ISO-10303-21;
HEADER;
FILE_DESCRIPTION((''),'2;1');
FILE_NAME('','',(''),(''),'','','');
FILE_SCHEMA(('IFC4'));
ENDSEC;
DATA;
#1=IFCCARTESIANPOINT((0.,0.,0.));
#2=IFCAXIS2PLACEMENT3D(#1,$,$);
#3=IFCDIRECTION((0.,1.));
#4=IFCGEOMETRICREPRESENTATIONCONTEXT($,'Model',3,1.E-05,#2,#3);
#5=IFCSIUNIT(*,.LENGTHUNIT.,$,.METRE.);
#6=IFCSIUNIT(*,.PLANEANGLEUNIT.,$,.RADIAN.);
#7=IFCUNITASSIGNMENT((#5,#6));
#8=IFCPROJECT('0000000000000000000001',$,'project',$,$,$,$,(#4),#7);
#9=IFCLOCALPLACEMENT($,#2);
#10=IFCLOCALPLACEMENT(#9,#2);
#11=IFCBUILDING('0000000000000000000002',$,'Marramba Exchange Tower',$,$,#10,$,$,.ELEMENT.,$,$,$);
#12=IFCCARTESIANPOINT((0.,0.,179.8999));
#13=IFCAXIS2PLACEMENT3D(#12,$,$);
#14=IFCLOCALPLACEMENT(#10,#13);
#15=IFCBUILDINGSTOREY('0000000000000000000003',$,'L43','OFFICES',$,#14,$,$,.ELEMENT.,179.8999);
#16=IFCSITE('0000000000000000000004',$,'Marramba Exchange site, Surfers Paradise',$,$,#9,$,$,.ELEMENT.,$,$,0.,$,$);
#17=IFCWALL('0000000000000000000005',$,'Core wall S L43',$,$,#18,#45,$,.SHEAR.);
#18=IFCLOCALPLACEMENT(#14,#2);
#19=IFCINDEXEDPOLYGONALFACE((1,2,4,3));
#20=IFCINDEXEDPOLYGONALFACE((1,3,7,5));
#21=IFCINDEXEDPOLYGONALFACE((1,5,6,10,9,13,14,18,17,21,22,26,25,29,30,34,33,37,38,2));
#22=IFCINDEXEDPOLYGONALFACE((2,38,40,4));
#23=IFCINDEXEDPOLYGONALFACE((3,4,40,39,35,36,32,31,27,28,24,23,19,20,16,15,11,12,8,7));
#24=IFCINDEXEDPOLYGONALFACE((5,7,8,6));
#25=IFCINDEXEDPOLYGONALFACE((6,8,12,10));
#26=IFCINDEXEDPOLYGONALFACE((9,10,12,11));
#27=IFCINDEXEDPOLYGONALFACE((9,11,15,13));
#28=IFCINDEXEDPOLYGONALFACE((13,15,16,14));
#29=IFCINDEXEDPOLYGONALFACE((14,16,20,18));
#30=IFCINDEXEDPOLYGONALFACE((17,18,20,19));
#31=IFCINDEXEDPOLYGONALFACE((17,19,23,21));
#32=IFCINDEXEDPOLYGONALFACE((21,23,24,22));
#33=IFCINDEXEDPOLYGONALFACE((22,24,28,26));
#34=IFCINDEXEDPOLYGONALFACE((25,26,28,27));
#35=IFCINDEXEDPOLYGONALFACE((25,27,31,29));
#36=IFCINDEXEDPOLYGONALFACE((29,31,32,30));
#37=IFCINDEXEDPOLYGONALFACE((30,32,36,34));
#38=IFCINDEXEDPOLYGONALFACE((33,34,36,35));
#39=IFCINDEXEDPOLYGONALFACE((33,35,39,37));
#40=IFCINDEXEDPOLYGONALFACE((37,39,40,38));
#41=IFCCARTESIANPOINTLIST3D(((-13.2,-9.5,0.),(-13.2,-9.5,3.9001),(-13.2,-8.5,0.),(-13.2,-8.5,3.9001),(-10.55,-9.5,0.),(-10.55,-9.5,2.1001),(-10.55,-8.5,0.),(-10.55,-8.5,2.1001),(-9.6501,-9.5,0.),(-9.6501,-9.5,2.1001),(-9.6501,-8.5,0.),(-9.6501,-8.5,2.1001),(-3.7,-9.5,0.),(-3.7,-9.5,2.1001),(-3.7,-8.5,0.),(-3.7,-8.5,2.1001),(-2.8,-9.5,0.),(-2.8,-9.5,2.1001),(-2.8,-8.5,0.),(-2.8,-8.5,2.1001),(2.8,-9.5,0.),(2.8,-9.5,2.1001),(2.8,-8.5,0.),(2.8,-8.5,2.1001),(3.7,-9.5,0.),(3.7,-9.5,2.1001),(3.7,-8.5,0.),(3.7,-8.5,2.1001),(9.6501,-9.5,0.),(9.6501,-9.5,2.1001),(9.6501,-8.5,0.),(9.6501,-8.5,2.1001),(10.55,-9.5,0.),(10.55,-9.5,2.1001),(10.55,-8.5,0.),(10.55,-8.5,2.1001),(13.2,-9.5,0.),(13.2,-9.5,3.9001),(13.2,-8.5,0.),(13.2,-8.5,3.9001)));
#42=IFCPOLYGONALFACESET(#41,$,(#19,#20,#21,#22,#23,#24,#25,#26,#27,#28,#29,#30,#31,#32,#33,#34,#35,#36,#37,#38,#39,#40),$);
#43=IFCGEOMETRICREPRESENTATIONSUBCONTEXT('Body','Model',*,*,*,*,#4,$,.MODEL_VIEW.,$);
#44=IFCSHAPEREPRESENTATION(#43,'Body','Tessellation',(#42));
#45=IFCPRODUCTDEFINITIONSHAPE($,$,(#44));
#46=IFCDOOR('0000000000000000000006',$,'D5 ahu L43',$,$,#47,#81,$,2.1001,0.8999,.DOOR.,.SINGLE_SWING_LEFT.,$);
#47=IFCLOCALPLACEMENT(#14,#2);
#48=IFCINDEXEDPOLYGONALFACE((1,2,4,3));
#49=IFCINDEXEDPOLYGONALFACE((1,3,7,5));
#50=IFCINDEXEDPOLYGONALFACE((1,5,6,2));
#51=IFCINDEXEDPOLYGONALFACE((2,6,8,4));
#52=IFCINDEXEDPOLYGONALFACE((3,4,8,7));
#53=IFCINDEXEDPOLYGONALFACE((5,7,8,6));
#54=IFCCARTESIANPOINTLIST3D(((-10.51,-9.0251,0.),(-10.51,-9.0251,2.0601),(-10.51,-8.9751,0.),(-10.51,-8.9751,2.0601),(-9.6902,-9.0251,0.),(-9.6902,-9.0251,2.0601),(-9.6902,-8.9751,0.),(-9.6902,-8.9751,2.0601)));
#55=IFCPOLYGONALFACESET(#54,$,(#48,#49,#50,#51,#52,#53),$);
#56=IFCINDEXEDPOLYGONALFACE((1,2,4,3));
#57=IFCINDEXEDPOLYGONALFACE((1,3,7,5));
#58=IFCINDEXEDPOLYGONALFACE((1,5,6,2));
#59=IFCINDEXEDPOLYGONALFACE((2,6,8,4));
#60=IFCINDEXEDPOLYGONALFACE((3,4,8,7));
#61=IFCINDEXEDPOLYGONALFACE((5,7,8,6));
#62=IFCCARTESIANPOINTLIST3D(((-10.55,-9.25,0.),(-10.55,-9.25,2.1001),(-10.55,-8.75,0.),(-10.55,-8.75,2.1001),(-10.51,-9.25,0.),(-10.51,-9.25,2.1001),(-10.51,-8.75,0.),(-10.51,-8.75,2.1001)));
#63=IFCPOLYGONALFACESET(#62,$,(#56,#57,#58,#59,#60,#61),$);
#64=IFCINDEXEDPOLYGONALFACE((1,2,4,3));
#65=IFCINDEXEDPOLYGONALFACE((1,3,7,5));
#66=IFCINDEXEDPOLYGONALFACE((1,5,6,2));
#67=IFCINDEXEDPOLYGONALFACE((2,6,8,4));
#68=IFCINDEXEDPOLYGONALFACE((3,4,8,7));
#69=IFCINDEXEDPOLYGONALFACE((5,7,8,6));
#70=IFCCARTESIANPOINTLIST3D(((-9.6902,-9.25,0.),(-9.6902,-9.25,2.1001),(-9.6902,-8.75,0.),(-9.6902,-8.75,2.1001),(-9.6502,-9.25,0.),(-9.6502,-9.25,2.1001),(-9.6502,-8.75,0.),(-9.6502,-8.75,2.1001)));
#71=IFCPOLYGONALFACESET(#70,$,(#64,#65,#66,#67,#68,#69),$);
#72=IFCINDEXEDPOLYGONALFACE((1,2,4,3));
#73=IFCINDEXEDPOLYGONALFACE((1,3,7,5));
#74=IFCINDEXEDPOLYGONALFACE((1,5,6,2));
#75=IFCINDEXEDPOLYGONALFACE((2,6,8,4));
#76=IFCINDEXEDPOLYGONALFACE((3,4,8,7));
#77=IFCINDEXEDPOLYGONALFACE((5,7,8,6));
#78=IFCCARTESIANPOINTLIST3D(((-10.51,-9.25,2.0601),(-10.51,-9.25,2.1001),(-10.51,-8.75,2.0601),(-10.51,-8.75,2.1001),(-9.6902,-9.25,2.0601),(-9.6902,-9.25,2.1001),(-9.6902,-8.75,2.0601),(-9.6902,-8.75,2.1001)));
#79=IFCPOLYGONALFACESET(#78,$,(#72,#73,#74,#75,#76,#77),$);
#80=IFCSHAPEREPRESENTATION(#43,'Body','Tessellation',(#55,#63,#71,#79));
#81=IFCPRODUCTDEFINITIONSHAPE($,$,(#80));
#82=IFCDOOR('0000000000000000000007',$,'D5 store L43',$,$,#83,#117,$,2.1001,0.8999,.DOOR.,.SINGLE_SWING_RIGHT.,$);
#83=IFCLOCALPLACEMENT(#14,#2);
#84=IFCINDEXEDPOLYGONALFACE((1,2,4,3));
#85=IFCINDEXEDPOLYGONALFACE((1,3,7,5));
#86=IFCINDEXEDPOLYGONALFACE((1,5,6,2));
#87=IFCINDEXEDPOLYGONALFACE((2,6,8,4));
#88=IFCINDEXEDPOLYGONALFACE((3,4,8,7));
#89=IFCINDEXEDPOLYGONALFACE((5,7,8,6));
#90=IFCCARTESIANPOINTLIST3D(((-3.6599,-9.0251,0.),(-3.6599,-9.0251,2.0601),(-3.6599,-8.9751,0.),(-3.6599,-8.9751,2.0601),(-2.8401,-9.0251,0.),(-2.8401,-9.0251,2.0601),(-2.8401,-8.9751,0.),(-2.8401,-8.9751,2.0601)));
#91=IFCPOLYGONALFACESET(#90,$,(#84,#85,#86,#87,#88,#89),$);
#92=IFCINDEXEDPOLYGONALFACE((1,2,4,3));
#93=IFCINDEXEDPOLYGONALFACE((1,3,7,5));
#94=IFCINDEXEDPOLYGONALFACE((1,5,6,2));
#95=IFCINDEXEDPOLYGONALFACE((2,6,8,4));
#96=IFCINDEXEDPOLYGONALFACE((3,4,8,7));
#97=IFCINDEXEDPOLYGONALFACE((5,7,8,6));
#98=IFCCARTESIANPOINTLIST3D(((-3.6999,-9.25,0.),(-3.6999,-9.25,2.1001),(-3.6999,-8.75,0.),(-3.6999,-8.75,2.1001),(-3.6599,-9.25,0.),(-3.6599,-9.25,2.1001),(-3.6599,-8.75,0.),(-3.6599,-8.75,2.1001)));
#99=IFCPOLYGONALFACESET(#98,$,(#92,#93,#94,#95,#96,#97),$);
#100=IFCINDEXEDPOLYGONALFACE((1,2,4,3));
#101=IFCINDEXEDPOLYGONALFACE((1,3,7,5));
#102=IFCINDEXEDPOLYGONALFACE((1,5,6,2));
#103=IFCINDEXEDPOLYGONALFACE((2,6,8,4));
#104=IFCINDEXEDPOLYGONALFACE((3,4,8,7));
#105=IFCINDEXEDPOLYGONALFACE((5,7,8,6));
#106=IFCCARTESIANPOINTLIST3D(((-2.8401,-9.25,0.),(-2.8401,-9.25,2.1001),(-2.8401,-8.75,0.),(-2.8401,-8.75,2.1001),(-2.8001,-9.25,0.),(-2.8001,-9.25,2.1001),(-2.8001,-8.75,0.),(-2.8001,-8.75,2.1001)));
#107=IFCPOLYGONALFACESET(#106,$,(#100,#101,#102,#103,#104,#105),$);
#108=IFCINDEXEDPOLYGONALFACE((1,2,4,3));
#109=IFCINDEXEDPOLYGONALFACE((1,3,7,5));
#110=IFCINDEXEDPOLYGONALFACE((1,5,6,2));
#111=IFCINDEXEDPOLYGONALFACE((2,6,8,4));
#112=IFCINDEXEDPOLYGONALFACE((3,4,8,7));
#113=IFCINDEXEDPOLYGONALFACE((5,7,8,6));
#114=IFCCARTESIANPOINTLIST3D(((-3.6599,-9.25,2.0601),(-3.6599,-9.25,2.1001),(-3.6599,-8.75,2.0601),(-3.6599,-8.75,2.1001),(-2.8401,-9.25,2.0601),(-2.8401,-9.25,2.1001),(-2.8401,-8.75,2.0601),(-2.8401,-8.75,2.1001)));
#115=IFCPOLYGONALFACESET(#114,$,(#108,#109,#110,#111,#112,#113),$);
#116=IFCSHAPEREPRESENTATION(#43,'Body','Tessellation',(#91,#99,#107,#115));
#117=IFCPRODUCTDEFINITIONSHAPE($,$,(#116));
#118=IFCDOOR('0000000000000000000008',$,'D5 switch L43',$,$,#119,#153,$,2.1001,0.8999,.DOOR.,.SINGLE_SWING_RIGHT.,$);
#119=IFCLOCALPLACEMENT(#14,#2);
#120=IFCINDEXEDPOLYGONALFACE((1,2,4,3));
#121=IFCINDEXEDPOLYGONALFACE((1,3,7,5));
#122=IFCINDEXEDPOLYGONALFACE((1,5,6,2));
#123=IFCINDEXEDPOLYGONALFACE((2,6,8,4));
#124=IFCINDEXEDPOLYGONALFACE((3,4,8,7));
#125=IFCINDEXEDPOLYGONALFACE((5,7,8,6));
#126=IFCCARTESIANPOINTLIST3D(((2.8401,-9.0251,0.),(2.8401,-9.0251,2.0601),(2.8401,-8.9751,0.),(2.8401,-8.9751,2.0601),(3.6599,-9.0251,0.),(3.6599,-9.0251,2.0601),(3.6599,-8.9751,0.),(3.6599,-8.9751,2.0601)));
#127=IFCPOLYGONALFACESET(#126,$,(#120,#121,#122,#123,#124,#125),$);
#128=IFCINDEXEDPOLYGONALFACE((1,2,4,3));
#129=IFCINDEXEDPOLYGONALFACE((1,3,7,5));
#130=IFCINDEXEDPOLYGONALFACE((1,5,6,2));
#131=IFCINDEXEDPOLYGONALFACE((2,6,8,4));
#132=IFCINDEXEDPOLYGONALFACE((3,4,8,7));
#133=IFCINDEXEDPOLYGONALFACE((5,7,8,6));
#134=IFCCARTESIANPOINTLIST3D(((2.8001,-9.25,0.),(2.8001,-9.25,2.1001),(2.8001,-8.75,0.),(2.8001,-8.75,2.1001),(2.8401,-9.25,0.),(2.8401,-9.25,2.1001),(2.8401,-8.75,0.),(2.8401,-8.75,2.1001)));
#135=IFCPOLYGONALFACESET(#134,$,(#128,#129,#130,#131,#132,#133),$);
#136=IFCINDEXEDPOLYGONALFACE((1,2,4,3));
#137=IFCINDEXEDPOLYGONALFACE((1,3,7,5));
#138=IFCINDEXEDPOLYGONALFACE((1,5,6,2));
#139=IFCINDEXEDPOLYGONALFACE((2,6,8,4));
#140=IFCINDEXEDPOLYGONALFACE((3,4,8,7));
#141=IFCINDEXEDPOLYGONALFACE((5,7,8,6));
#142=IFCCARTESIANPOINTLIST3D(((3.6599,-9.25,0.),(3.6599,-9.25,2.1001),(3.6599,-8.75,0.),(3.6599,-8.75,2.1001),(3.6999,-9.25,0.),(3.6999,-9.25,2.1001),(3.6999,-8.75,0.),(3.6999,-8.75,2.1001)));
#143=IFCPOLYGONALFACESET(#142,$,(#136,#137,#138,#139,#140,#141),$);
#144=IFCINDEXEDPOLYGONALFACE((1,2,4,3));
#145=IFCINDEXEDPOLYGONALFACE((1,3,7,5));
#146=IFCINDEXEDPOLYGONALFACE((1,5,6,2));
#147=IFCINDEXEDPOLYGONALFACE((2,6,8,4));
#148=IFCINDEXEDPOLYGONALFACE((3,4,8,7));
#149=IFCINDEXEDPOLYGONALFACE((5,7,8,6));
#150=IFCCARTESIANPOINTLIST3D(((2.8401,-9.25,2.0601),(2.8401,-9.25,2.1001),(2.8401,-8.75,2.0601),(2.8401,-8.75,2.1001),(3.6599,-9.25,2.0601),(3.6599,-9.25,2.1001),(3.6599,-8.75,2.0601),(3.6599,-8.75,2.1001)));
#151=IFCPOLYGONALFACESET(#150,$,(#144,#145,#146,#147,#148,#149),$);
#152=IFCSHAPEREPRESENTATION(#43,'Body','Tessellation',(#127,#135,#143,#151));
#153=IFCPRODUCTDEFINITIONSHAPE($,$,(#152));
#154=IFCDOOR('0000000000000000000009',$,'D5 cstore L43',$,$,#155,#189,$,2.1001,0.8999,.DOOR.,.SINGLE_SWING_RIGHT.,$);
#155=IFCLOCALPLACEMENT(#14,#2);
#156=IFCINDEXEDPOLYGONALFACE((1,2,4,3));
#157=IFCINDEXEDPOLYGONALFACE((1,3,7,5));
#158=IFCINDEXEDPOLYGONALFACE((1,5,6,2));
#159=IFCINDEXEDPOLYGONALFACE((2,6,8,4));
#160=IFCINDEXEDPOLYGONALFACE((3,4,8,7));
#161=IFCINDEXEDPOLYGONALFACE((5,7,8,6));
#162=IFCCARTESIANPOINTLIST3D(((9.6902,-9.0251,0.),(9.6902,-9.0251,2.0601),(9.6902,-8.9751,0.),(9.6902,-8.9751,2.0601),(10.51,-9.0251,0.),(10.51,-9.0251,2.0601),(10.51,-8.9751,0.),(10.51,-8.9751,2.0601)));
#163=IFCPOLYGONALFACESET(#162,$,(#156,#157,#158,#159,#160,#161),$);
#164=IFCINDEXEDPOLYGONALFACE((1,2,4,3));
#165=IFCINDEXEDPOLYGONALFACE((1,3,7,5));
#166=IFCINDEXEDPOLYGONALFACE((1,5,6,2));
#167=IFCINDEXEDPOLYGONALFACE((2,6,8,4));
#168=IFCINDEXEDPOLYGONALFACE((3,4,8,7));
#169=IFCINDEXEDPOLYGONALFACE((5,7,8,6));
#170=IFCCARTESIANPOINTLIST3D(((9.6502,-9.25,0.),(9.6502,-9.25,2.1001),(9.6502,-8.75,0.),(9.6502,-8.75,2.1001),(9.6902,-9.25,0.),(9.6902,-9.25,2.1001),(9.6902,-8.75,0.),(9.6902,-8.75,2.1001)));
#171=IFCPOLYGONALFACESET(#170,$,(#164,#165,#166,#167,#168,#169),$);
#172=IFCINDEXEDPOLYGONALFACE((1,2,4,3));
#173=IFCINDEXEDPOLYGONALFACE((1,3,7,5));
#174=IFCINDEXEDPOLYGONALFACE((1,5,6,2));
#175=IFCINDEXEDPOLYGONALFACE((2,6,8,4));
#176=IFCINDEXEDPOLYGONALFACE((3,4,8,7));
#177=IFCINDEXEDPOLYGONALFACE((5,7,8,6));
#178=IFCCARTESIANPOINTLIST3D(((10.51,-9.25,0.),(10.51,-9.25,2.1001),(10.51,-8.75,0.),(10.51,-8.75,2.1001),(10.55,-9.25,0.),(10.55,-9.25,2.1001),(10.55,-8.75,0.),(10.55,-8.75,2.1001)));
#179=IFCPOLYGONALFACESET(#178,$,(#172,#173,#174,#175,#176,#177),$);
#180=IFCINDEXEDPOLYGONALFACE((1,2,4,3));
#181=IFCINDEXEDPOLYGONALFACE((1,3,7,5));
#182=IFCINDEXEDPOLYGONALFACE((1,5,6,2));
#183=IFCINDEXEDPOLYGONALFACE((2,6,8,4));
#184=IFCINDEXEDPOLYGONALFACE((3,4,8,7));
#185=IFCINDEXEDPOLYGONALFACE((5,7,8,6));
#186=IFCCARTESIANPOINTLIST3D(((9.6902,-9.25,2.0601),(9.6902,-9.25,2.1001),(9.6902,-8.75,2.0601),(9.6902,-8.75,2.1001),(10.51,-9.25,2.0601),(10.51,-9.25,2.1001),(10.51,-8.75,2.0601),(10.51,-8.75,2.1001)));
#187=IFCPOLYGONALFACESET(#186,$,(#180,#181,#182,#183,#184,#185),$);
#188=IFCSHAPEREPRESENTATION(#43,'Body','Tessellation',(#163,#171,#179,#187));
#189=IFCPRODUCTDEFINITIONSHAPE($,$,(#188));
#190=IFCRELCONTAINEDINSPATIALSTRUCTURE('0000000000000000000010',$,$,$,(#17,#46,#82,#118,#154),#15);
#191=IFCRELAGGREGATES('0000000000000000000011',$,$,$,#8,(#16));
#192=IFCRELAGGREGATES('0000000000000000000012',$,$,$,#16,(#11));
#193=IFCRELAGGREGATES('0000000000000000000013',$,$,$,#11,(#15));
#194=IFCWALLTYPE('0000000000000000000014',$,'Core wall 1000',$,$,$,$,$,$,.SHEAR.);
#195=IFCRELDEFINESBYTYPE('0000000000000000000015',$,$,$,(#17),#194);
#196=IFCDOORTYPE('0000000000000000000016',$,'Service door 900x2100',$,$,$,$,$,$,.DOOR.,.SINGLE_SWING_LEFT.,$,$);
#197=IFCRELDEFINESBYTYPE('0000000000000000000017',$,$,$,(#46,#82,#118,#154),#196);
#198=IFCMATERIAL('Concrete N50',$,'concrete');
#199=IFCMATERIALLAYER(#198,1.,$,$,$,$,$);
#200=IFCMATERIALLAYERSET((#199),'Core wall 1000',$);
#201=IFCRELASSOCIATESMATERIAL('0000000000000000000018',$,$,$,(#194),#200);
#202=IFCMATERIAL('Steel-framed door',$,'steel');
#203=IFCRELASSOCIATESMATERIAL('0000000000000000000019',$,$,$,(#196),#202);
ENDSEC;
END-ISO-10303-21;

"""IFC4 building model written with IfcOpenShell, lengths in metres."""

from ifc_helpers import new_model, si_unit, direction, frame, frame_2d, origin, place, context, subcontext, project, spatial, rectangle, extrude, material, layer, layer_set, type_object, element, fill, save


model = new_model("IFC4")

# Units and contexts
model_context = context("Model", 3, precision=1e-05, world=origin(), true_north=direction((0.0, 1.0)))
body_context = subcontext(model_context, "Body", "Model", "MODEL_VIEW")
ifc_project = project(units=[si_unit("LENGTHUNIT", "METRE"), si_unit("PLANEANGLEUNIT", "RADIAN")], contexts=[model_context])

# Site, building, storey
site_placement = place(None, origin())
site = spatial("IfcSite", under=ifc_project, at=site_placement, Name="Marramba Exchange site, Surfers Paradise", CompositionType="ELEMENT", RefElevation=0.0)
building_placement = place(site_placement, origin())
building = spatial("IfcBuilding", under=site, at=building_placement, Name="Marramba Exchange Tower", CompositionType="ELEMENT")
storey_placement = place(building_placement, frame((0.0, 0.0, 179.8999)))
storey = spatial("IfcBuildingStorey", under=building, at=storey_placement, Name="L43", Description="OFFICES", CompositionType="ELEMENT", Elevation=179.8999)

# Shared definitions
ifc_material_1 = material(Name="Concrete N50", Category="concrete")

# Wall, openings, doors
ifc_layer_1 = layer(ifc_material_1, 1.0)
ifc_layer_set_1 = layer_set([ifc_layer_1], Name="Core wall 1000")
wall_type_1 = type_object("IfcWallType", Name="Core wall 1000", PredefinedType="SHEAR", material=ifc_layer_set_1)
wall_1_placement = place(storey_placement, frame((-13.2, -9.0, 0.0), z_axis=(0.0, 0.0, 1.0), x_axis=(1.0, 0.0, 0.0)))
wall_1 = element("IfcWall", 1, at=wall_1_placement, inside=storey, type_object=wall_type_1, Name="Core wall S L43", PredefinedType="SHEAR", context=body_context, shape_type="SweptSolid", body=[
    extrude(rectangle(XDim=26.3999, YDim=1.0, at=frame_2d((13.2, 0.0))), origin(), (0.0, 0.0, 1.0), 3.9001),
])
opening_1_placement = place(wall_1_placement, frame((2.6499, 0.0, 0.0)))
opening_1 = element("IfcOpeningElement", 2, at=opening_1_placement, cuts=wall_1, PredefinedType="OPENING", context=body_context, shape_type="SweptSolid", body=[
    extrude(rectangle(XDim=0.8999, YDim=2.1001, at=frame_2d((0.45, 1.05))), frame((0.0, 0.51, 0.0), z_axis=(0.0, -1.0, 0.0), x_axis=(1.0, 0.0, 0.0)), (0.0, 0.0, 1.0), 1.02),
])
opening_2_placement = place(wall_1_placement, frame((9.5, 0.0, 0.0)))
opening_2 = element("IfcOpeningElement", 3, at=opening_2_placement, cuts=wall_1, PredefinedType="OPENING", context=body_context, shape_type="SweptSolid", body=[
    extrude(rectangle(XDim=0.8999, YDim=2.1001, at=frame_2d((0.45, 1.05))), frame((0.0, 0.51, 0.0), z_axis=(0.0, -1.0, 0.0), x_axis=(1.0, 0.0, 0.0)), (0.0, 0.0, 1.0), 1.02),
])
opening_3_placement = place(wall_1_placement, frame((16.0, 0.0, 0.0)))
opening_3 = element("IfcOpeningElement", 4, at=opening_3_placement, cuts=wall_1, PredefinedType="OPENING", context=body_context, shape_type="SweptSolid", body=[
    extrude(rectangle(XDim=0.8999, YDim=2.1001, at=frame_2d((0.45, 1.05))), frame((0.0, 0.51, 0.0), z_axis=(0.0, -1.0, 0.0), x_axis=(1.0, 0.0, 0.0)), (0.0, 0.0, 1.0), 1.02),
])
opening_4_placement = place(wall_1_placement, frame((22.8501, 0.0, 0.0)))
opening_4 = element("IfcOpeningElement", 5, at=opening_4_placement, cuts=wall_1, PredefinedType="OPENING", context=body_context, shape_type="SweptSolid", body=[
    extrude(rectangle(XDim=0.8999, YDim=2.1001, at=frame_2d((0.45, 1.05))), frame((0.0, 0.51, 0.0), z_axis=(0.0, -1.0, 0.0), x_axis=(1.0, 0.0, 0.0)), (0.0, 0.0, 1.0), 1.02),
])
ifc_material_2 = material(Name="Steel-framed door", Category="steel")
door_type_1 = type_object("IfcDoorType", Name="Service door 900x2100", OperationType="SINGLE_SWING_LEFT", PredefinedType="DOOR", material=ifc_material_2)
door_1_placement = place(opening_1_placement, origin())
door_1 = element("IfcDoor", 6, at=door_1_placement, inside=storey, type_object=door_type_1, Name="D5 ahu L43", OperationType="SINGLE_SWING_LEFT", OverallHeight=2.1001, OverallWidth=0.8999, PredefinedType="DOOR", context=body_context, shape_type="SweptSolid", body=[
    extrude(rectangle(XDim=0.8198, YDim=2.0601, at=frame_2d((0.45, 1.03))), frame((0.0, 0.0249, 0.0), z_axis=(0.0, -1.0, 0.0), x_axis=(1.0, 0.0, 0.0)), (0.0, 0.0, 1.0), 0.05),
    extrude(rectangle(XDim=0.04, YDim=2.1001, at=frame_2d((0.02, 1.05))), frame((0.0, 0.25, 0.0), z_axis=(0.0, -1.0, 0.0), x_axis=(1.0, 0.0, 0.0)), (0.0, 0.0, 1.0), 0.5),
    extrude(rectangle(XDim=0.04, YDim=2.1001, at=frame_2d((0.8799, 1.05))), frame((0.0, 0.25, 0.0), z_axis=(0.0, -1.0, 0.0), x_axis=(1.0, 0.0, 0.0)), (0.0, 0.0, 1.0), 0.5),
    extrude(rectangle(XDim=0.8198, YDim=0.04, at=frame_2d((0.45, 2.0801))), frame((0.0, 0.25, 0.0), z_axis=(0.0, -1.0, 0.0), x_axis=(1.0, 0.0, 0.0)), (0.0, 0.0, 1.0), 0.5),
])
fill(opening_1, door_1)
door_2_placement = place(opening_2_placement, origin())
door_2 = element("IfcDoor", 7, at=door_2_placement, inside=storey, type_object=door_type_1, Name="D5 store L43", OperationType="SINGLE_SWING_RIGHT", OverallHeight=2.1001, OverallWidth=0.8999, PredefinedType="DOOR", context=body_context, shape_type="SweptSolid", body=[
    extrude(rectangle(XDim=0.8198, YDim=2.0601, at=frame_2d((0.45, 1.03))), frame((0.0, 0.0249, 0.0), z_axis=(0.0, -1.0, 0.0), x_axis=(1.0, 0.0, 0.0)), (0.0, 0.0, 1.0), 0.05),
    extrude(rectangle(XDim=0.04, YDim=2.1001, at=frame_2d((0.02, 1.05))), frame((0.0, 0.25, 0.0), z_axis=(0.0, -1.0, 0.0), x_axis=(1.0, 0.0, 0.0)), (0.0, 0.0, 1.0), 0.5),
    extrude(rectangle(XDim=0.04, YDim=2.1001, at=frame_2d((0.8799, 1.05))), frame((0.0, 0.25, 0.0), z_axis=(0.0, -1.0, 0.0), x_axis=(1.0, 0.0, 0.0)), (0.0, 0.0, 1.0), 0.5),
    extrude(rectangle(XDim=0.8198, YDim=0.04, at=frame_2d((0.45, 2.0801))), frame((0.0, 0.25, 0.0), z_axis=(0.0, -1.0, 0.0), x_axis=(1.0, 0.0, 0.0)), (0.0, 0.0, 1.0), 0.5),
])
fill(opening_2, door_2)
door_3_placement = place(opening_3_placement, origin())
door_3 = element("IfcDoor", 8, at=door_3_placement, inside=storey, type_object=door_type_1, Name="D5 switch L43", OperationType="SINGLE_SWING_RIGHT", OverallHeight=2.1001, OverallWidth=0.8999, PredefinedType="DOOR", context=body_context, shape_type="SweptSolid", body=[
    extrude(rectangle(XDim=0.8198, YDim=2.0601, at=frame_2d((0.45, 1.03))), frame((0.0, 0.0249, 0.0), z_axis=(0.0, -1.0, 0.0), x_axis=(1.0, 0.0, 0.0)), (0.0, 0.0, 1.0), 0.05),
    extrude(rectangle(XDim=0.04, YDim=2.1001, at=frame_2d((0.02, 1.05))), frame((0.0, 0.25, 0.0), z_axis=(0.0, -1.0, 0.0), x_axis=(1.0, 0.0, 0.0)), (0.0, 0.0, 1.0), 0.5),
    extrude(rectangle(XDim=0.04, YDim=2.1001, at=frame_2d((0.8799, 1.05))), frame((0.0, 0.25, 0.0), z_axis=(0.0, -1.0, 0.0), x_axis=(1.0, 0.0, 0.0)), (0.0, 0.0, 1.0), 0.5),
    extrude(rectangle(XDim=0.8198, YDim=0.04, at=frame_2d((0.45, 2.0801))), frame((0.0, 0.25, 0.0), z_axis=(0.0, -1.0, 0.0), x_axis=(1.0, 0.0, 0.0)), (0.0, 0.0, 1.0), 0.5),
])
fill(opening_3, door_3)
door_4_placement = place(opening_4_placement, origin())
door_4 = element("IfcDoor", 9, at=door_4_placement, inside=storey, type_object=door_type_1, Name="D5 cstore L43", OperationType="SINGLE_SWING_RIGHT", OverallHeight=2.1001, OverallWidth=0.8999, PredefinedType="DOOR", context=body_context, shape_type="SweptSolid", body=[
    extrude(rectangle(XDim=0.8198, YDim=2.0601, at=frame_2d((0.45, 1.03))), frame((0.0, 0.0249, 0.0), z_axis=(0.0, -1.0, 0.0), x_axis=(1.0, 0.0, 0.0)), (0.0, 0.0, 1.0), 0.05),
    extrude(rectangle(XDim=0.04, YDim=2.1001, at=frame_2d((0.02, 1.05))), frame((0.0, 0.25, 0.0), z_axis=(0.0, -1.0, 0.0), x_axis=(1.0, 0.0, 0.0)), (0.0, 0.0, 1.0), 0.5),
    extrude(rectangle(XDim=0.04, YDim=2.1001, at=frame_2d((0.8799, 1.05))), frame((0.0, 0.25, 0.0), z_axis=(0.0, -1.0, 0.0), x_axis=(1.0, 0.0, 0.0)), (0.0, 0.0, 1.0), 0.5),
    extrude(rectangle(XDim=0.8198, YDim=0.04, at=frame_2d((0.45, 2.0801))), frame((0.0, 0.25, 0.0), z_axis=(0.0, -1.0, 0.0), x_axis=(1.0, 0.0, 0.0)), (0.0, 0.0, 1.0), 0.5),
])
fill(opening_4, door_4)

save(model, "model.ifc")
